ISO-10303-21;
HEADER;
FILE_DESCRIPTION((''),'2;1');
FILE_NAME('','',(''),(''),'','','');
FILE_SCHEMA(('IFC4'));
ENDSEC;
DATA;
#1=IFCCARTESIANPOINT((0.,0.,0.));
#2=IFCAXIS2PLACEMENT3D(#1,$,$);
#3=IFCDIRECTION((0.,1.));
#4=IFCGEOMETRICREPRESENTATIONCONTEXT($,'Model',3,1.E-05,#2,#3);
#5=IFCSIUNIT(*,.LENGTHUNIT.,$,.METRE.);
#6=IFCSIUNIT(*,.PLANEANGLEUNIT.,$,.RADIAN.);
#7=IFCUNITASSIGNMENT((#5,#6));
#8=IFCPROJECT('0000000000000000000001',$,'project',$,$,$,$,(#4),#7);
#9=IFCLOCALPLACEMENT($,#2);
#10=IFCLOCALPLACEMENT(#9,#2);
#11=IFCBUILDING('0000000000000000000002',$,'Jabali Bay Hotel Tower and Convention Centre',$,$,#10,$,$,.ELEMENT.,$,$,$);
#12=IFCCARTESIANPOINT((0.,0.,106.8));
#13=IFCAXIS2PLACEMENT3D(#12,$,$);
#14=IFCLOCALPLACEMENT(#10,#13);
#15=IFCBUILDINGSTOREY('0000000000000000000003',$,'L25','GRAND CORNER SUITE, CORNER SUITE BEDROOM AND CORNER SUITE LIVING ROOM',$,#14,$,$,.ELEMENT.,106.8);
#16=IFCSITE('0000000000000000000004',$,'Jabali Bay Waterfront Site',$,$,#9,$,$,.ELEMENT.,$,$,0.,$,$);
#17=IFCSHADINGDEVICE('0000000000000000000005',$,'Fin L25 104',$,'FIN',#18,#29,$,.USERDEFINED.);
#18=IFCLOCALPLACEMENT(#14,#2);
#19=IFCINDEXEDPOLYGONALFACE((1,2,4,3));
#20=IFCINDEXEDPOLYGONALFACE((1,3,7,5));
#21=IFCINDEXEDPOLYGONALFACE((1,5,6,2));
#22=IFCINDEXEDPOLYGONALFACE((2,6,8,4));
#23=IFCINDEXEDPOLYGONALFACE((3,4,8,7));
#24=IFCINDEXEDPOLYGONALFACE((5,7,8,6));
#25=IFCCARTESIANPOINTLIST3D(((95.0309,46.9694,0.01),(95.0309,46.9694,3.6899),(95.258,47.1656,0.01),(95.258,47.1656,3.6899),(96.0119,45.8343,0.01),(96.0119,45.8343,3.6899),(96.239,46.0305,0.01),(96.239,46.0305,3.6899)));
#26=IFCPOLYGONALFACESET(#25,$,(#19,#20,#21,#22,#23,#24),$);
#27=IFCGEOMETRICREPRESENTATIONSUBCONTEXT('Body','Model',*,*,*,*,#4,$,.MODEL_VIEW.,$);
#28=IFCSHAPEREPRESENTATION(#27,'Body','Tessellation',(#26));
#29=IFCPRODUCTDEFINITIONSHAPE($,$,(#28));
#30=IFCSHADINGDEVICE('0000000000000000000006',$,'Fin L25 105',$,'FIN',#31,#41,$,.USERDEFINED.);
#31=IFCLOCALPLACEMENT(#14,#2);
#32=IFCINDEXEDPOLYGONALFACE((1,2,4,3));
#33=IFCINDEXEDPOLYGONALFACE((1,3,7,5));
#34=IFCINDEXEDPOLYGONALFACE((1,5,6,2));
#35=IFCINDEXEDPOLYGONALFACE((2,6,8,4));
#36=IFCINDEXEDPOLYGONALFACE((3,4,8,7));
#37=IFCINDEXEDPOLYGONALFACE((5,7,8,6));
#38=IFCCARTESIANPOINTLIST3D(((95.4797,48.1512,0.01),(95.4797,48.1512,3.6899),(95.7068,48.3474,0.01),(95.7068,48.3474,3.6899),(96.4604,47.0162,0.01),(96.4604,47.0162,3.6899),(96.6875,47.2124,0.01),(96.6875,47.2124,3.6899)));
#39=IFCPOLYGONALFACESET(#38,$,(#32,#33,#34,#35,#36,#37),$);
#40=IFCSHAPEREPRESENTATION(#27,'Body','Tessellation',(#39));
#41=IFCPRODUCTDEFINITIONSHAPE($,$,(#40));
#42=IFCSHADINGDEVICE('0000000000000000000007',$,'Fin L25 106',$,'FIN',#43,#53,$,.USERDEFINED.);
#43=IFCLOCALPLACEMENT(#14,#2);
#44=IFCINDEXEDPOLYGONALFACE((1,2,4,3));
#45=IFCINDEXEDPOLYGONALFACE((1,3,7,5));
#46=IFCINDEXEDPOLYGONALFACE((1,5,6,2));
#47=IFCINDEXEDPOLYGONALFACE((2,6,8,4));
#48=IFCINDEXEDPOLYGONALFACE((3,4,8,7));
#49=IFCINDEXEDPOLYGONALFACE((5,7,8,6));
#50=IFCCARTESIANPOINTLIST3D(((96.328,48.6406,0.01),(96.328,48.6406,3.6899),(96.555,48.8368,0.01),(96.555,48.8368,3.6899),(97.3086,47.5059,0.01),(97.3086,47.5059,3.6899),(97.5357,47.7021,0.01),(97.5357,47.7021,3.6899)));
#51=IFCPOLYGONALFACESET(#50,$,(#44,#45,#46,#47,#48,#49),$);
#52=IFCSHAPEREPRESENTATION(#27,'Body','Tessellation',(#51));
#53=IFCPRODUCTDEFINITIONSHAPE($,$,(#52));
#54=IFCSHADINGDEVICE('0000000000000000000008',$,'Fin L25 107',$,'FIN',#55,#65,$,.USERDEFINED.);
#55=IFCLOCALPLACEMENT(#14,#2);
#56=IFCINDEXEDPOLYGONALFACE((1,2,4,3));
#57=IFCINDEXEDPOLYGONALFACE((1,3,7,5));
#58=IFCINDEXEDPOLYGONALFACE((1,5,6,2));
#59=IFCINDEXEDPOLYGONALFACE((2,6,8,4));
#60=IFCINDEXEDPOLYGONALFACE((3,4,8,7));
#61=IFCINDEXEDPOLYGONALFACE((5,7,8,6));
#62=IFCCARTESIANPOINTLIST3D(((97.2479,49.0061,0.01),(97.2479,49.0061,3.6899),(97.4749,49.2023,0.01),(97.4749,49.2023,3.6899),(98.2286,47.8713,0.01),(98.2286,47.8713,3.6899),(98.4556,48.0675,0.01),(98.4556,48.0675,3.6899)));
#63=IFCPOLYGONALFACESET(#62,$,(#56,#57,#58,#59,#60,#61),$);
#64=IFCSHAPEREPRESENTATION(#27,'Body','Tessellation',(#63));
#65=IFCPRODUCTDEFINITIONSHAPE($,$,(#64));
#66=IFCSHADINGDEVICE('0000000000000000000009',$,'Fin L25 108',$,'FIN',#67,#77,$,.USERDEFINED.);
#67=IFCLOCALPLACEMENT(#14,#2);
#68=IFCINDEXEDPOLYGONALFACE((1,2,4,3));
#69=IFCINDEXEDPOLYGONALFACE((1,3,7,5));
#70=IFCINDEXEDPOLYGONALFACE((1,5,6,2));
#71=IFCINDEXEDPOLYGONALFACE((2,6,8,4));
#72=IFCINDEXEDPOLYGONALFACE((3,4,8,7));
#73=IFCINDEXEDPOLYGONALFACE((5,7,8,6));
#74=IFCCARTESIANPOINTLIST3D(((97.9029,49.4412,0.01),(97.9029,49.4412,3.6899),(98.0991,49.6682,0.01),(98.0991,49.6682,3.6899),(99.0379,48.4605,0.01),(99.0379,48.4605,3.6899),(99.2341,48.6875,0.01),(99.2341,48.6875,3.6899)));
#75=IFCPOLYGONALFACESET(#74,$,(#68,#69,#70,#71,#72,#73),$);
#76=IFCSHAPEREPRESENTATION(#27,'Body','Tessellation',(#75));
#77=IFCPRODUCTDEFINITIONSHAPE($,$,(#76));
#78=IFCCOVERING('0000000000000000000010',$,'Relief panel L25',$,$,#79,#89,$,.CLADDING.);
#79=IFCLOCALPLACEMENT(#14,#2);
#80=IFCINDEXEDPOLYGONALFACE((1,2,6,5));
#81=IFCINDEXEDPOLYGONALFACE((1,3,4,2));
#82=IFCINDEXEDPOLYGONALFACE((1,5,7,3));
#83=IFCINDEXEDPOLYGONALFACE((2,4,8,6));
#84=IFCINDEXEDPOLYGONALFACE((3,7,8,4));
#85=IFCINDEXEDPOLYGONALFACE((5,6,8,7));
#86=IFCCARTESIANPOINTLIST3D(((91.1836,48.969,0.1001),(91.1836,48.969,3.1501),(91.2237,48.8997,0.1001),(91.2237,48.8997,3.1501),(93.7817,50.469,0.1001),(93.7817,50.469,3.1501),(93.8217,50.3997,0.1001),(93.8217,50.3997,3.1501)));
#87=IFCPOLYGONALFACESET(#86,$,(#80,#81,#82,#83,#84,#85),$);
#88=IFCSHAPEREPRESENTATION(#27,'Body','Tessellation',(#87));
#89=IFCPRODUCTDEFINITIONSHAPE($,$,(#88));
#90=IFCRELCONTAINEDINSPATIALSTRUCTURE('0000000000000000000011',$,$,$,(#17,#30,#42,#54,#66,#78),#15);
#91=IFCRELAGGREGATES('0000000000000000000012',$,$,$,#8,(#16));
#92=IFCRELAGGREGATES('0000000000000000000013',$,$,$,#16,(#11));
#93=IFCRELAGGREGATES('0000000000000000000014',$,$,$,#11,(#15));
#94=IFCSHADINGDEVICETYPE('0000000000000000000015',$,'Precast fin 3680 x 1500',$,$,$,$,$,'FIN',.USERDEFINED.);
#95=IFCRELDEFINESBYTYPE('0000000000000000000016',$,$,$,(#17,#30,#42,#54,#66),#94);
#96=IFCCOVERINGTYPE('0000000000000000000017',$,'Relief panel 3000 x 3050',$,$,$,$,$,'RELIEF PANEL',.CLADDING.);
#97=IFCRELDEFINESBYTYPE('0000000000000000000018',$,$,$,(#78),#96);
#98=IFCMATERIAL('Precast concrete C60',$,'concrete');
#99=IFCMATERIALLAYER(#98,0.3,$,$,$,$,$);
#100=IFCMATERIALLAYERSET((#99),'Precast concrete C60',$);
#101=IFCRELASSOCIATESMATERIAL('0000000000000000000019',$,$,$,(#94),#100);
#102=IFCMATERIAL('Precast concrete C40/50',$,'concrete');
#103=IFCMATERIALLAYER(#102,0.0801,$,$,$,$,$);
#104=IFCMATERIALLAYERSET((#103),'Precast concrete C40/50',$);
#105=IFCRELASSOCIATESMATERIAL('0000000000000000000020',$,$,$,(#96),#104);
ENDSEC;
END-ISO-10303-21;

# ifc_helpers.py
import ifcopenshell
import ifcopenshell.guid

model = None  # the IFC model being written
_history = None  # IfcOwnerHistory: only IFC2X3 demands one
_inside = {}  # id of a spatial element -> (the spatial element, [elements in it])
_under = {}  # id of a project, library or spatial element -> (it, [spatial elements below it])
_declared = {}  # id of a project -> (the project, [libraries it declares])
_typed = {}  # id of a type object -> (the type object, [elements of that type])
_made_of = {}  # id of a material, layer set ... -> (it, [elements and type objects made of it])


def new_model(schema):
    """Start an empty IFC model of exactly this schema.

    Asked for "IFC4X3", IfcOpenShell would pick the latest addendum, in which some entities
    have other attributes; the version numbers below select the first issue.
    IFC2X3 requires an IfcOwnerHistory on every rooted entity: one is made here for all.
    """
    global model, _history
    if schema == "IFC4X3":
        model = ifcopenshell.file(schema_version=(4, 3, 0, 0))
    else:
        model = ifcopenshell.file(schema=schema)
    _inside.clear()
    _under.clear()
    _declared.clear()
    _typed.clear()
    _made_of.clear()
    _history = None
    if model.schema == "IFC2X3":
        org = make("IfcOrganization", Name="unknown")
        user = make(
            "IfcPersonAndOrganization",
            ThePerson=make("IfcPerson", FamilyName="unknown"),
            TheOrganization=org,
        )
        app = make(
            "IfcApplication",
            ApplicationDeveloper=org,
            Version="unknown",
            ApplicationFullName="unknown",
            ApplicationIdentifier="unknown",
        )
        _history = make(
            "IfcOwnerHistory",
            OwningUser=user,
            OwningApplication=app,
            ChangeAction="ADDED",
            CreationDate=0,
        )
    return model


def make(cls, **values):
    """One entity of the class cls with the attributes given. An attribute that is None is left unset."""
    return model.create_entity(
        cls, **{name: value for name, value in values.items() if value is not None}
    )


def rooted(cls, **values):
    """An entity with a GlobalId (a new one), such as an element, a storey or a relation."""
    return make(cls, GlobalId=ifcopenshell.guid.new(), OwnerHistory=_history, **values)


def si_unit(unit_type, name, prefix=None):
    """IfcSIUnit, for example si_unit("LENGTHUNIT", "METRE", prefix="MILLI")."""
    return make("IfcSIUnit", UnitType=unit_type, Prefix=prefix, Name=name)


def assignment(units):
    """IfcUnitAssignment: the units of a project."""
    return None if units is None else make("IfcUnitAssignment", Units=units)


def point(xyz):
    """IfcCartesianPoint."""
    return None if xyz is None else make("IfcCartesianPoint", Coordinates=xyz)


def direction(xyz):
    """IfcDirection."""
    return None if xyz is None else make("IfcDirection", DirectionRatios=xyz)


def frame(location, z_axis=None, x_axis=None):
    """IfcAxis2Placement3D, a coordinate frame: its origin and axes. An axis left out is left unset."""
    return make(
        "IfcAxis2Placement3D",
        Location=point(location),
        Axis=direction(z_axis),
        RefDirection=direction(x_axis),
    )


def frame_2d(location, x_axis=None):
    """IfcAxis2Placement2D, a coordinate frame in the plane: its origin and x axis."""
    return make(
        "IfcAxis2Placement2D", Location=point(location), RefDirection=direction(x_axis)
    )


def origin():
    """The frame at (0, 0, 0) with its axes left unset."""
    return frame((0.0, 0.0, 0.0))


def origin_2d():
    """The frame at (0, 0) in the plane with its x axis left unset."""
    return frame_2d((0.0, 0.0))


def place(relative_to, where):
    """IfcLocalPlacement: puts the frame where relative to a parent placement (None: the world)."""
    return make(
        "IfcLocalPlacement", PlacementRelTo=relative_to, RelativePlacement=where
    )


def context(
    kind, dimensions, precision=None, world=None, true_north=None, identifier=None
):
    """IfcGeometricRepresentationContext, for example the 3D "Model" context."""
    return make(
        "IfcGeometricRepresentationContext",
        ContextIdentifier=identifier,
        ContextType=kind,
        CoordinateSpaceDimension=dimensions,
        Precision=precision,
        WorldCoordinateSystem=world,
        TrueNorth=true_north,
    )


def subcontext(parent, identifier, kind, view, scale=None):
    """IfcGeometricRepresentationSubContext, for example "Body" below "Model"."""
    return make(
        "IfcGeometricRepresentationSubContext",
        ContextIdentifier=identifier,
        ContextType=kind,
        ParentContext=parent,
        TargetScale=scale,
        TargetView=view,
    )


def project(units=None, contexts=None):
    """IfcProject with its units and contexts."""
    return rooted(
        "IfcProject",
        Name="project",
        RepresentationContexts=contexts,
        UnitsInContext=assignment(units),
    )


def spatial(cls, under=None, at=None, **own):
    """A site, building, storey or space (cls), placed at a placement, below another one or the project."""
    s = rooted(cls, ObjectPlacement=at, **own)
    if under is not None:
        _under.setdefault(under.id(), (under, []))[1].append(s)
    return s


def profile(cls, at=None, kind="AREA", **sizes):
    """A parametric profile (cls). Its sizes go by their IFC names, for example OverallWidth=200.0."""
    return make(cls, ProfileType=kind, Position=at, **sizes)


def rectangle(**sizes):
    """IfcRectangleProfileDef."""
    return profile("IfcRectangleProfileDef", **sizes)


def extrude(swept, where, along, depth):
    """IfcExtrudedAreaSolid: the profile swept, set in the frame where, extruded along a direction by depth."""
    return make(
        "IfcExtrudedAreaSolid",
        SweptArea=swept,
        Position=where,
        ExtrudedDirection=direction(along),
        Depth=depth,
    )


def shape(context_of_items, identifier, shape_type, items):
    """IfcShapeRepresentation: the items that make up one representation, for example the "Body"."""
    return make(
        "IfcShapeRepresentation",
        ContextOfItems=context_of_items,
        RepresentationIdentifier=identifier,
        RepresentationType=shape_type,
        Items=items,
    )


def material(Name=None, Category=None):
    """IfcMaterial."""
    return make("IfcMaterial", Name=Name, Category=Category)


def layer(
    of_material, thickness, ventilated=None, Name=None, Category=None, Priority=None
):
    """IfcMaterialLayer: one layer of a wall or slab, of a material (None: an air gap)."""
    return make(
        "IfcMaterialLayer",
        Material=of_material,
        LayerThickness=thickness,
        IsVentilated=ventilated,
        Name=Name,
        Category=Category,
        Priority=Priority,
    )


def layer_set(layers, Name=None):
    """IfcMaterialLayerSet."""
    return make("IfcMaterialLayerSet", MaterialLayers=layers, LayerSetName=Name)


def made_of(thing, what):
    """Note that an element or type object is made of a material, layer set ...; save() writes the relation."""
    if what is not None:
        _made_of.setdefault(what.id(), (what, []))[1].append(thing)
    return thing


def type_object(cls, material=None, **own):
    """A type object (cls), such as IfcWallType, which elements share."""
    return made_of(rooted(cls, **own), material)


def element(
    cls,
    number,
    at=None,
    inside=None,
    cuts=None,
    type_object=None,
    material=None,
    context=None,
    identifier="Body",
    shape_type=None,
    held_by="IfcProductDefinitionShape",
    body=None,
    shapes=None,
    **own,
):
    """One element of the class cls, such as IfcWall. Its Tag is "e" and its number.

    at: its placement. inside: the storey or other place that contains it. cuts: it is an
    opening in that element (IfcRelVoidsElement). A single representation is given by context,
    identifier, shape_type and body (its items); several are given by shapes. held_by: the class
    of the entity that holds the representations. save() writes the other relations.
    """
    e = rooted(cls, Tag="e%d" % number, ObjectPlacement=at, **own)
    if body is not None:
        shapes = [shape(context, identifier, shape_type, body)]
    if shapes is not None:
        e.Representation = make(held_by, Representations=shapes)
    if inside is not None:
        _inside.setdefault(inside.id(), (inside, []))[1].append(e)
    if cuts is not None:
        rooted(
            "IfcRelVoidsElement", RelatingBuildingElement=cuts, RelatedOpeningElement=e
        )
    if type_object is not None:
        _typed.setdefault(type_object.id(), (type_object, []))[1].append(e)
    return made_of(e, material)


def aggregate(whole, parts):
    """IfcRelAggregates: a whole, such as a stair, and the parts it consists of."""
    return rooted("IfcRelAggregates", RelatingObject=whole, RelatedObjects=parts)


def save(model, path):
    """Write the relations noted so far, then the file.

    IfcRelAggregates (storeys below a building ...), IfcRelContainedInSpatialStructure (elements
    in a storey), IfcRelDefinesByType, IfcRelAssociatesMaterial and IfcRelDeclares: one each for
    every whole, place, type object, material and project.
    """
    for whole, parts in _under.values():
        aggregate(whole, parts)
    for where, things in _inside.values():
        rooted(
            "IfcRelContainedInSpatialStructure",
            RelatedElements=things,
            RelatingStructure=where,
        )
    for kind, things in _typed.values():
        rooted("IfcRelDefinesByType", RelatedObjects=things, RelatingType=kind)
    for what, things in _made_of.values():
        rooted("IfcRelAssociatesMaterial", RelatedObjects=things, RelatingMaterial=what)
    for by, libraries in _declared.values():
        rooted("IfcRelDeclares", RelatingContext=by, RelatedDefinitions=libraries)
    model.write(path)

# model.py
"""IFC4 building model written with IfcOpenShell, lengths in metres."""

from ifc_helpers import new_model, si_unit, direction, frame, frame_2d, origin, origin_2d, place, context, subcontext, project, spatial, rectangle, extrude, material, layer, layer_set, type_object, element, save


model = new_model("IFC4")

# Units and contexts
model_context = context("Model", 3, precision=1e-05, world=origin(), true_north=direction((0.0, 1.0)))
body_context = subcontext(model_context, "Body", "Model", "MODEL_VIEW")
ifc_project = project(units=[si_unit("LENGTHUNIT", "METRE"), si_unit("PLANEANGLEUNIT", "RADIAN")], contexts=[model_context])

# Site, building, storey
site_placement = place(None, origin())
site = spatial("IfcSite", under=ifc_project, at=site_placement, Name="Jabali Bay Waterfront Site", CompositionType="ELEMENT", RefElevation=0.0)
building_placement = place(site_placement, origin())
building = spatial("IfcBuilding", under=site, at=building_placement, Name="Jabali Bay Hotel Tower and Convention Centre", CompositionType="ELEMENT")
storey_placement = place(building_placement, frame((0.0, 0.0, 106.8)))
storey = spatial("IfcBuildingStorey", under=building, at=storey_placement, Name="L25", Description="GRAND CORNER SUITE, CORNER SUITE BEDROOM AND CORNER SUITE LIVING ROOM", CompositionType="ELEMENT", Elevation=106.8)

# Shading devices
ifc_material_1 = material(Name="Precast concrete C60", Category="concrete")
ifc_layer_1 = layer(ifc_material_1, 0.3)
ifc_layer_set_1 = layer_set([ifc_layer_1], Name="Precast concrete C60")
shading_device_type = type_object("IfcShadingDeviceType", Name="Precast fin 3680 x 1500", ElementType="FIN", PredefinedType="USERDEFINED", material=ifc_layer_set_1)
shading_device_1_placement = place(storey_placement, frame((95.1445, 47.0674, 0.01), z_axis=(0.0, 0.0, 1.0), x_axis=(0.653895, -0.756585, 0.0)))
element("IfcShadingDevice", 1, at=shading_device_1_placement, inside=storey, type_object=shading_device_type, Name="Fin L25 104", ObjectType="FIN", PredefinedType="USERDEFINED", context=body_context, shape_type="SweptSolid", body=[
    extrude(rectangle(XDim=1.5002, YDim=0.3, at=frame_2d((0.75, 0.0))), origin(), (0.0, 0.0, 1.0), 3.6799),
])
shading_device_2_placement = place(storey_placement, frame((95.5933, 48.2493, 0.01), z_axis=(0.0, 0.0, 1.0), x_axis=(0.653802, -0.756666, 0.0)))
element("IfcShadingDevice", 2, at=shading_device_2_placement, inside=storey, type_object=shading_device_type, Name="Fin L25 105", ObjectType="FIN", PredefinedType="USERDEFINED", context=body_context, shape_type="SweptSolid", body=[
    extrude(rectangle(XDim=1.5, YDim=0.3, at=frame_2d((0.75, 0.0))), origin(), (0.0, 0.0, 1.0), 3.6799),
])
for number, where, z_axis, x_axis, name in (
    (3, (96.4414, 48.7388, 0.01), (0.0, 0.0, 1.0), (0.653883, -0.756596, 0.0), "Fin L25 106"),
    (4, (97.3613, 49.1042, 0.01), (0.0, 0.0, 1.0), (0.653883, -0.756596, 0.0), "Fin L25 107"),
):
    element("IfcShadingDevice", number, at=place(storey_placement, frame(where, z_axis=z_axis, x_axis=x_axis)), inside=storey, type_object=shading_device_type, Name=name, ObjectType="FIN", PredefinedType="USERDEFINED", context=body_context, shape_type="SweptSolid", body=[
        extrude(rectangle(XDim=1.4998, YDim=0.3, at=frame_2d((0.75, 0.0))), origin(), (0.0, 0.0, 1.0), 3.6799),
    ])
shading_device_3_placement = place(storey_placement, frame((98.001, 49.5547, 0.01), z_axis=(0.0, 0.0, 1.0), x_axis=(0.756666, -0.653802, 0.0)))
element("IfcShadingDevice", 5, at=shading_device_3_placement, inside=storey, type_object=shading_device_type, Name="Fin L25 108", ObjectType="FIN", PredefinedType="USERDEFINED", context=body_context, shape_type="SweptSolid", body=[
    extrude(rectangle(XDim=1.5, YDim=0.3, at=frame_2d((0.75, 0.0))), origin(), (0.0, 0.0, 1.0), 3.6799),
])

# Covering
ifc_material_2 = material(Name="Precast concrete C40/50", Category="concrete")
ifc_layer_2 = layer(ifc_material_2, 0.0801)
ifc_layer_set_2 = layer_set([ifc_layer_2], Name="Precast concrete C40/50")
covering_type = type_object("IfcCoveringType", Name="Relief panel 3000 x 3050", ElementType="RELIEF PANEL", PredefinedType="CLADDING", material=ifc_layer_set_2)
covering_placement = place(storey_placement, frame((92.5027, 49.6843, 0.1001), z_axis=(0.0, 0.0, 1.0), x_axis=(-0.866025, -0.5, 0.0)))
element("IfcCovering", 6, at=covering_placement, inside=storey, type_object=covering_type, Name="Relief panel L25", PredefinedType="CLADDING", context=body_context, shape_type="SweptSolid", body=[
    extrude(rectangle(XDim=3.0, YDim=0.0801, at=origin_2d()), origin(), (0.0, 0.0, 1.0), 3.05),
])

save(model, "model.ifc")
